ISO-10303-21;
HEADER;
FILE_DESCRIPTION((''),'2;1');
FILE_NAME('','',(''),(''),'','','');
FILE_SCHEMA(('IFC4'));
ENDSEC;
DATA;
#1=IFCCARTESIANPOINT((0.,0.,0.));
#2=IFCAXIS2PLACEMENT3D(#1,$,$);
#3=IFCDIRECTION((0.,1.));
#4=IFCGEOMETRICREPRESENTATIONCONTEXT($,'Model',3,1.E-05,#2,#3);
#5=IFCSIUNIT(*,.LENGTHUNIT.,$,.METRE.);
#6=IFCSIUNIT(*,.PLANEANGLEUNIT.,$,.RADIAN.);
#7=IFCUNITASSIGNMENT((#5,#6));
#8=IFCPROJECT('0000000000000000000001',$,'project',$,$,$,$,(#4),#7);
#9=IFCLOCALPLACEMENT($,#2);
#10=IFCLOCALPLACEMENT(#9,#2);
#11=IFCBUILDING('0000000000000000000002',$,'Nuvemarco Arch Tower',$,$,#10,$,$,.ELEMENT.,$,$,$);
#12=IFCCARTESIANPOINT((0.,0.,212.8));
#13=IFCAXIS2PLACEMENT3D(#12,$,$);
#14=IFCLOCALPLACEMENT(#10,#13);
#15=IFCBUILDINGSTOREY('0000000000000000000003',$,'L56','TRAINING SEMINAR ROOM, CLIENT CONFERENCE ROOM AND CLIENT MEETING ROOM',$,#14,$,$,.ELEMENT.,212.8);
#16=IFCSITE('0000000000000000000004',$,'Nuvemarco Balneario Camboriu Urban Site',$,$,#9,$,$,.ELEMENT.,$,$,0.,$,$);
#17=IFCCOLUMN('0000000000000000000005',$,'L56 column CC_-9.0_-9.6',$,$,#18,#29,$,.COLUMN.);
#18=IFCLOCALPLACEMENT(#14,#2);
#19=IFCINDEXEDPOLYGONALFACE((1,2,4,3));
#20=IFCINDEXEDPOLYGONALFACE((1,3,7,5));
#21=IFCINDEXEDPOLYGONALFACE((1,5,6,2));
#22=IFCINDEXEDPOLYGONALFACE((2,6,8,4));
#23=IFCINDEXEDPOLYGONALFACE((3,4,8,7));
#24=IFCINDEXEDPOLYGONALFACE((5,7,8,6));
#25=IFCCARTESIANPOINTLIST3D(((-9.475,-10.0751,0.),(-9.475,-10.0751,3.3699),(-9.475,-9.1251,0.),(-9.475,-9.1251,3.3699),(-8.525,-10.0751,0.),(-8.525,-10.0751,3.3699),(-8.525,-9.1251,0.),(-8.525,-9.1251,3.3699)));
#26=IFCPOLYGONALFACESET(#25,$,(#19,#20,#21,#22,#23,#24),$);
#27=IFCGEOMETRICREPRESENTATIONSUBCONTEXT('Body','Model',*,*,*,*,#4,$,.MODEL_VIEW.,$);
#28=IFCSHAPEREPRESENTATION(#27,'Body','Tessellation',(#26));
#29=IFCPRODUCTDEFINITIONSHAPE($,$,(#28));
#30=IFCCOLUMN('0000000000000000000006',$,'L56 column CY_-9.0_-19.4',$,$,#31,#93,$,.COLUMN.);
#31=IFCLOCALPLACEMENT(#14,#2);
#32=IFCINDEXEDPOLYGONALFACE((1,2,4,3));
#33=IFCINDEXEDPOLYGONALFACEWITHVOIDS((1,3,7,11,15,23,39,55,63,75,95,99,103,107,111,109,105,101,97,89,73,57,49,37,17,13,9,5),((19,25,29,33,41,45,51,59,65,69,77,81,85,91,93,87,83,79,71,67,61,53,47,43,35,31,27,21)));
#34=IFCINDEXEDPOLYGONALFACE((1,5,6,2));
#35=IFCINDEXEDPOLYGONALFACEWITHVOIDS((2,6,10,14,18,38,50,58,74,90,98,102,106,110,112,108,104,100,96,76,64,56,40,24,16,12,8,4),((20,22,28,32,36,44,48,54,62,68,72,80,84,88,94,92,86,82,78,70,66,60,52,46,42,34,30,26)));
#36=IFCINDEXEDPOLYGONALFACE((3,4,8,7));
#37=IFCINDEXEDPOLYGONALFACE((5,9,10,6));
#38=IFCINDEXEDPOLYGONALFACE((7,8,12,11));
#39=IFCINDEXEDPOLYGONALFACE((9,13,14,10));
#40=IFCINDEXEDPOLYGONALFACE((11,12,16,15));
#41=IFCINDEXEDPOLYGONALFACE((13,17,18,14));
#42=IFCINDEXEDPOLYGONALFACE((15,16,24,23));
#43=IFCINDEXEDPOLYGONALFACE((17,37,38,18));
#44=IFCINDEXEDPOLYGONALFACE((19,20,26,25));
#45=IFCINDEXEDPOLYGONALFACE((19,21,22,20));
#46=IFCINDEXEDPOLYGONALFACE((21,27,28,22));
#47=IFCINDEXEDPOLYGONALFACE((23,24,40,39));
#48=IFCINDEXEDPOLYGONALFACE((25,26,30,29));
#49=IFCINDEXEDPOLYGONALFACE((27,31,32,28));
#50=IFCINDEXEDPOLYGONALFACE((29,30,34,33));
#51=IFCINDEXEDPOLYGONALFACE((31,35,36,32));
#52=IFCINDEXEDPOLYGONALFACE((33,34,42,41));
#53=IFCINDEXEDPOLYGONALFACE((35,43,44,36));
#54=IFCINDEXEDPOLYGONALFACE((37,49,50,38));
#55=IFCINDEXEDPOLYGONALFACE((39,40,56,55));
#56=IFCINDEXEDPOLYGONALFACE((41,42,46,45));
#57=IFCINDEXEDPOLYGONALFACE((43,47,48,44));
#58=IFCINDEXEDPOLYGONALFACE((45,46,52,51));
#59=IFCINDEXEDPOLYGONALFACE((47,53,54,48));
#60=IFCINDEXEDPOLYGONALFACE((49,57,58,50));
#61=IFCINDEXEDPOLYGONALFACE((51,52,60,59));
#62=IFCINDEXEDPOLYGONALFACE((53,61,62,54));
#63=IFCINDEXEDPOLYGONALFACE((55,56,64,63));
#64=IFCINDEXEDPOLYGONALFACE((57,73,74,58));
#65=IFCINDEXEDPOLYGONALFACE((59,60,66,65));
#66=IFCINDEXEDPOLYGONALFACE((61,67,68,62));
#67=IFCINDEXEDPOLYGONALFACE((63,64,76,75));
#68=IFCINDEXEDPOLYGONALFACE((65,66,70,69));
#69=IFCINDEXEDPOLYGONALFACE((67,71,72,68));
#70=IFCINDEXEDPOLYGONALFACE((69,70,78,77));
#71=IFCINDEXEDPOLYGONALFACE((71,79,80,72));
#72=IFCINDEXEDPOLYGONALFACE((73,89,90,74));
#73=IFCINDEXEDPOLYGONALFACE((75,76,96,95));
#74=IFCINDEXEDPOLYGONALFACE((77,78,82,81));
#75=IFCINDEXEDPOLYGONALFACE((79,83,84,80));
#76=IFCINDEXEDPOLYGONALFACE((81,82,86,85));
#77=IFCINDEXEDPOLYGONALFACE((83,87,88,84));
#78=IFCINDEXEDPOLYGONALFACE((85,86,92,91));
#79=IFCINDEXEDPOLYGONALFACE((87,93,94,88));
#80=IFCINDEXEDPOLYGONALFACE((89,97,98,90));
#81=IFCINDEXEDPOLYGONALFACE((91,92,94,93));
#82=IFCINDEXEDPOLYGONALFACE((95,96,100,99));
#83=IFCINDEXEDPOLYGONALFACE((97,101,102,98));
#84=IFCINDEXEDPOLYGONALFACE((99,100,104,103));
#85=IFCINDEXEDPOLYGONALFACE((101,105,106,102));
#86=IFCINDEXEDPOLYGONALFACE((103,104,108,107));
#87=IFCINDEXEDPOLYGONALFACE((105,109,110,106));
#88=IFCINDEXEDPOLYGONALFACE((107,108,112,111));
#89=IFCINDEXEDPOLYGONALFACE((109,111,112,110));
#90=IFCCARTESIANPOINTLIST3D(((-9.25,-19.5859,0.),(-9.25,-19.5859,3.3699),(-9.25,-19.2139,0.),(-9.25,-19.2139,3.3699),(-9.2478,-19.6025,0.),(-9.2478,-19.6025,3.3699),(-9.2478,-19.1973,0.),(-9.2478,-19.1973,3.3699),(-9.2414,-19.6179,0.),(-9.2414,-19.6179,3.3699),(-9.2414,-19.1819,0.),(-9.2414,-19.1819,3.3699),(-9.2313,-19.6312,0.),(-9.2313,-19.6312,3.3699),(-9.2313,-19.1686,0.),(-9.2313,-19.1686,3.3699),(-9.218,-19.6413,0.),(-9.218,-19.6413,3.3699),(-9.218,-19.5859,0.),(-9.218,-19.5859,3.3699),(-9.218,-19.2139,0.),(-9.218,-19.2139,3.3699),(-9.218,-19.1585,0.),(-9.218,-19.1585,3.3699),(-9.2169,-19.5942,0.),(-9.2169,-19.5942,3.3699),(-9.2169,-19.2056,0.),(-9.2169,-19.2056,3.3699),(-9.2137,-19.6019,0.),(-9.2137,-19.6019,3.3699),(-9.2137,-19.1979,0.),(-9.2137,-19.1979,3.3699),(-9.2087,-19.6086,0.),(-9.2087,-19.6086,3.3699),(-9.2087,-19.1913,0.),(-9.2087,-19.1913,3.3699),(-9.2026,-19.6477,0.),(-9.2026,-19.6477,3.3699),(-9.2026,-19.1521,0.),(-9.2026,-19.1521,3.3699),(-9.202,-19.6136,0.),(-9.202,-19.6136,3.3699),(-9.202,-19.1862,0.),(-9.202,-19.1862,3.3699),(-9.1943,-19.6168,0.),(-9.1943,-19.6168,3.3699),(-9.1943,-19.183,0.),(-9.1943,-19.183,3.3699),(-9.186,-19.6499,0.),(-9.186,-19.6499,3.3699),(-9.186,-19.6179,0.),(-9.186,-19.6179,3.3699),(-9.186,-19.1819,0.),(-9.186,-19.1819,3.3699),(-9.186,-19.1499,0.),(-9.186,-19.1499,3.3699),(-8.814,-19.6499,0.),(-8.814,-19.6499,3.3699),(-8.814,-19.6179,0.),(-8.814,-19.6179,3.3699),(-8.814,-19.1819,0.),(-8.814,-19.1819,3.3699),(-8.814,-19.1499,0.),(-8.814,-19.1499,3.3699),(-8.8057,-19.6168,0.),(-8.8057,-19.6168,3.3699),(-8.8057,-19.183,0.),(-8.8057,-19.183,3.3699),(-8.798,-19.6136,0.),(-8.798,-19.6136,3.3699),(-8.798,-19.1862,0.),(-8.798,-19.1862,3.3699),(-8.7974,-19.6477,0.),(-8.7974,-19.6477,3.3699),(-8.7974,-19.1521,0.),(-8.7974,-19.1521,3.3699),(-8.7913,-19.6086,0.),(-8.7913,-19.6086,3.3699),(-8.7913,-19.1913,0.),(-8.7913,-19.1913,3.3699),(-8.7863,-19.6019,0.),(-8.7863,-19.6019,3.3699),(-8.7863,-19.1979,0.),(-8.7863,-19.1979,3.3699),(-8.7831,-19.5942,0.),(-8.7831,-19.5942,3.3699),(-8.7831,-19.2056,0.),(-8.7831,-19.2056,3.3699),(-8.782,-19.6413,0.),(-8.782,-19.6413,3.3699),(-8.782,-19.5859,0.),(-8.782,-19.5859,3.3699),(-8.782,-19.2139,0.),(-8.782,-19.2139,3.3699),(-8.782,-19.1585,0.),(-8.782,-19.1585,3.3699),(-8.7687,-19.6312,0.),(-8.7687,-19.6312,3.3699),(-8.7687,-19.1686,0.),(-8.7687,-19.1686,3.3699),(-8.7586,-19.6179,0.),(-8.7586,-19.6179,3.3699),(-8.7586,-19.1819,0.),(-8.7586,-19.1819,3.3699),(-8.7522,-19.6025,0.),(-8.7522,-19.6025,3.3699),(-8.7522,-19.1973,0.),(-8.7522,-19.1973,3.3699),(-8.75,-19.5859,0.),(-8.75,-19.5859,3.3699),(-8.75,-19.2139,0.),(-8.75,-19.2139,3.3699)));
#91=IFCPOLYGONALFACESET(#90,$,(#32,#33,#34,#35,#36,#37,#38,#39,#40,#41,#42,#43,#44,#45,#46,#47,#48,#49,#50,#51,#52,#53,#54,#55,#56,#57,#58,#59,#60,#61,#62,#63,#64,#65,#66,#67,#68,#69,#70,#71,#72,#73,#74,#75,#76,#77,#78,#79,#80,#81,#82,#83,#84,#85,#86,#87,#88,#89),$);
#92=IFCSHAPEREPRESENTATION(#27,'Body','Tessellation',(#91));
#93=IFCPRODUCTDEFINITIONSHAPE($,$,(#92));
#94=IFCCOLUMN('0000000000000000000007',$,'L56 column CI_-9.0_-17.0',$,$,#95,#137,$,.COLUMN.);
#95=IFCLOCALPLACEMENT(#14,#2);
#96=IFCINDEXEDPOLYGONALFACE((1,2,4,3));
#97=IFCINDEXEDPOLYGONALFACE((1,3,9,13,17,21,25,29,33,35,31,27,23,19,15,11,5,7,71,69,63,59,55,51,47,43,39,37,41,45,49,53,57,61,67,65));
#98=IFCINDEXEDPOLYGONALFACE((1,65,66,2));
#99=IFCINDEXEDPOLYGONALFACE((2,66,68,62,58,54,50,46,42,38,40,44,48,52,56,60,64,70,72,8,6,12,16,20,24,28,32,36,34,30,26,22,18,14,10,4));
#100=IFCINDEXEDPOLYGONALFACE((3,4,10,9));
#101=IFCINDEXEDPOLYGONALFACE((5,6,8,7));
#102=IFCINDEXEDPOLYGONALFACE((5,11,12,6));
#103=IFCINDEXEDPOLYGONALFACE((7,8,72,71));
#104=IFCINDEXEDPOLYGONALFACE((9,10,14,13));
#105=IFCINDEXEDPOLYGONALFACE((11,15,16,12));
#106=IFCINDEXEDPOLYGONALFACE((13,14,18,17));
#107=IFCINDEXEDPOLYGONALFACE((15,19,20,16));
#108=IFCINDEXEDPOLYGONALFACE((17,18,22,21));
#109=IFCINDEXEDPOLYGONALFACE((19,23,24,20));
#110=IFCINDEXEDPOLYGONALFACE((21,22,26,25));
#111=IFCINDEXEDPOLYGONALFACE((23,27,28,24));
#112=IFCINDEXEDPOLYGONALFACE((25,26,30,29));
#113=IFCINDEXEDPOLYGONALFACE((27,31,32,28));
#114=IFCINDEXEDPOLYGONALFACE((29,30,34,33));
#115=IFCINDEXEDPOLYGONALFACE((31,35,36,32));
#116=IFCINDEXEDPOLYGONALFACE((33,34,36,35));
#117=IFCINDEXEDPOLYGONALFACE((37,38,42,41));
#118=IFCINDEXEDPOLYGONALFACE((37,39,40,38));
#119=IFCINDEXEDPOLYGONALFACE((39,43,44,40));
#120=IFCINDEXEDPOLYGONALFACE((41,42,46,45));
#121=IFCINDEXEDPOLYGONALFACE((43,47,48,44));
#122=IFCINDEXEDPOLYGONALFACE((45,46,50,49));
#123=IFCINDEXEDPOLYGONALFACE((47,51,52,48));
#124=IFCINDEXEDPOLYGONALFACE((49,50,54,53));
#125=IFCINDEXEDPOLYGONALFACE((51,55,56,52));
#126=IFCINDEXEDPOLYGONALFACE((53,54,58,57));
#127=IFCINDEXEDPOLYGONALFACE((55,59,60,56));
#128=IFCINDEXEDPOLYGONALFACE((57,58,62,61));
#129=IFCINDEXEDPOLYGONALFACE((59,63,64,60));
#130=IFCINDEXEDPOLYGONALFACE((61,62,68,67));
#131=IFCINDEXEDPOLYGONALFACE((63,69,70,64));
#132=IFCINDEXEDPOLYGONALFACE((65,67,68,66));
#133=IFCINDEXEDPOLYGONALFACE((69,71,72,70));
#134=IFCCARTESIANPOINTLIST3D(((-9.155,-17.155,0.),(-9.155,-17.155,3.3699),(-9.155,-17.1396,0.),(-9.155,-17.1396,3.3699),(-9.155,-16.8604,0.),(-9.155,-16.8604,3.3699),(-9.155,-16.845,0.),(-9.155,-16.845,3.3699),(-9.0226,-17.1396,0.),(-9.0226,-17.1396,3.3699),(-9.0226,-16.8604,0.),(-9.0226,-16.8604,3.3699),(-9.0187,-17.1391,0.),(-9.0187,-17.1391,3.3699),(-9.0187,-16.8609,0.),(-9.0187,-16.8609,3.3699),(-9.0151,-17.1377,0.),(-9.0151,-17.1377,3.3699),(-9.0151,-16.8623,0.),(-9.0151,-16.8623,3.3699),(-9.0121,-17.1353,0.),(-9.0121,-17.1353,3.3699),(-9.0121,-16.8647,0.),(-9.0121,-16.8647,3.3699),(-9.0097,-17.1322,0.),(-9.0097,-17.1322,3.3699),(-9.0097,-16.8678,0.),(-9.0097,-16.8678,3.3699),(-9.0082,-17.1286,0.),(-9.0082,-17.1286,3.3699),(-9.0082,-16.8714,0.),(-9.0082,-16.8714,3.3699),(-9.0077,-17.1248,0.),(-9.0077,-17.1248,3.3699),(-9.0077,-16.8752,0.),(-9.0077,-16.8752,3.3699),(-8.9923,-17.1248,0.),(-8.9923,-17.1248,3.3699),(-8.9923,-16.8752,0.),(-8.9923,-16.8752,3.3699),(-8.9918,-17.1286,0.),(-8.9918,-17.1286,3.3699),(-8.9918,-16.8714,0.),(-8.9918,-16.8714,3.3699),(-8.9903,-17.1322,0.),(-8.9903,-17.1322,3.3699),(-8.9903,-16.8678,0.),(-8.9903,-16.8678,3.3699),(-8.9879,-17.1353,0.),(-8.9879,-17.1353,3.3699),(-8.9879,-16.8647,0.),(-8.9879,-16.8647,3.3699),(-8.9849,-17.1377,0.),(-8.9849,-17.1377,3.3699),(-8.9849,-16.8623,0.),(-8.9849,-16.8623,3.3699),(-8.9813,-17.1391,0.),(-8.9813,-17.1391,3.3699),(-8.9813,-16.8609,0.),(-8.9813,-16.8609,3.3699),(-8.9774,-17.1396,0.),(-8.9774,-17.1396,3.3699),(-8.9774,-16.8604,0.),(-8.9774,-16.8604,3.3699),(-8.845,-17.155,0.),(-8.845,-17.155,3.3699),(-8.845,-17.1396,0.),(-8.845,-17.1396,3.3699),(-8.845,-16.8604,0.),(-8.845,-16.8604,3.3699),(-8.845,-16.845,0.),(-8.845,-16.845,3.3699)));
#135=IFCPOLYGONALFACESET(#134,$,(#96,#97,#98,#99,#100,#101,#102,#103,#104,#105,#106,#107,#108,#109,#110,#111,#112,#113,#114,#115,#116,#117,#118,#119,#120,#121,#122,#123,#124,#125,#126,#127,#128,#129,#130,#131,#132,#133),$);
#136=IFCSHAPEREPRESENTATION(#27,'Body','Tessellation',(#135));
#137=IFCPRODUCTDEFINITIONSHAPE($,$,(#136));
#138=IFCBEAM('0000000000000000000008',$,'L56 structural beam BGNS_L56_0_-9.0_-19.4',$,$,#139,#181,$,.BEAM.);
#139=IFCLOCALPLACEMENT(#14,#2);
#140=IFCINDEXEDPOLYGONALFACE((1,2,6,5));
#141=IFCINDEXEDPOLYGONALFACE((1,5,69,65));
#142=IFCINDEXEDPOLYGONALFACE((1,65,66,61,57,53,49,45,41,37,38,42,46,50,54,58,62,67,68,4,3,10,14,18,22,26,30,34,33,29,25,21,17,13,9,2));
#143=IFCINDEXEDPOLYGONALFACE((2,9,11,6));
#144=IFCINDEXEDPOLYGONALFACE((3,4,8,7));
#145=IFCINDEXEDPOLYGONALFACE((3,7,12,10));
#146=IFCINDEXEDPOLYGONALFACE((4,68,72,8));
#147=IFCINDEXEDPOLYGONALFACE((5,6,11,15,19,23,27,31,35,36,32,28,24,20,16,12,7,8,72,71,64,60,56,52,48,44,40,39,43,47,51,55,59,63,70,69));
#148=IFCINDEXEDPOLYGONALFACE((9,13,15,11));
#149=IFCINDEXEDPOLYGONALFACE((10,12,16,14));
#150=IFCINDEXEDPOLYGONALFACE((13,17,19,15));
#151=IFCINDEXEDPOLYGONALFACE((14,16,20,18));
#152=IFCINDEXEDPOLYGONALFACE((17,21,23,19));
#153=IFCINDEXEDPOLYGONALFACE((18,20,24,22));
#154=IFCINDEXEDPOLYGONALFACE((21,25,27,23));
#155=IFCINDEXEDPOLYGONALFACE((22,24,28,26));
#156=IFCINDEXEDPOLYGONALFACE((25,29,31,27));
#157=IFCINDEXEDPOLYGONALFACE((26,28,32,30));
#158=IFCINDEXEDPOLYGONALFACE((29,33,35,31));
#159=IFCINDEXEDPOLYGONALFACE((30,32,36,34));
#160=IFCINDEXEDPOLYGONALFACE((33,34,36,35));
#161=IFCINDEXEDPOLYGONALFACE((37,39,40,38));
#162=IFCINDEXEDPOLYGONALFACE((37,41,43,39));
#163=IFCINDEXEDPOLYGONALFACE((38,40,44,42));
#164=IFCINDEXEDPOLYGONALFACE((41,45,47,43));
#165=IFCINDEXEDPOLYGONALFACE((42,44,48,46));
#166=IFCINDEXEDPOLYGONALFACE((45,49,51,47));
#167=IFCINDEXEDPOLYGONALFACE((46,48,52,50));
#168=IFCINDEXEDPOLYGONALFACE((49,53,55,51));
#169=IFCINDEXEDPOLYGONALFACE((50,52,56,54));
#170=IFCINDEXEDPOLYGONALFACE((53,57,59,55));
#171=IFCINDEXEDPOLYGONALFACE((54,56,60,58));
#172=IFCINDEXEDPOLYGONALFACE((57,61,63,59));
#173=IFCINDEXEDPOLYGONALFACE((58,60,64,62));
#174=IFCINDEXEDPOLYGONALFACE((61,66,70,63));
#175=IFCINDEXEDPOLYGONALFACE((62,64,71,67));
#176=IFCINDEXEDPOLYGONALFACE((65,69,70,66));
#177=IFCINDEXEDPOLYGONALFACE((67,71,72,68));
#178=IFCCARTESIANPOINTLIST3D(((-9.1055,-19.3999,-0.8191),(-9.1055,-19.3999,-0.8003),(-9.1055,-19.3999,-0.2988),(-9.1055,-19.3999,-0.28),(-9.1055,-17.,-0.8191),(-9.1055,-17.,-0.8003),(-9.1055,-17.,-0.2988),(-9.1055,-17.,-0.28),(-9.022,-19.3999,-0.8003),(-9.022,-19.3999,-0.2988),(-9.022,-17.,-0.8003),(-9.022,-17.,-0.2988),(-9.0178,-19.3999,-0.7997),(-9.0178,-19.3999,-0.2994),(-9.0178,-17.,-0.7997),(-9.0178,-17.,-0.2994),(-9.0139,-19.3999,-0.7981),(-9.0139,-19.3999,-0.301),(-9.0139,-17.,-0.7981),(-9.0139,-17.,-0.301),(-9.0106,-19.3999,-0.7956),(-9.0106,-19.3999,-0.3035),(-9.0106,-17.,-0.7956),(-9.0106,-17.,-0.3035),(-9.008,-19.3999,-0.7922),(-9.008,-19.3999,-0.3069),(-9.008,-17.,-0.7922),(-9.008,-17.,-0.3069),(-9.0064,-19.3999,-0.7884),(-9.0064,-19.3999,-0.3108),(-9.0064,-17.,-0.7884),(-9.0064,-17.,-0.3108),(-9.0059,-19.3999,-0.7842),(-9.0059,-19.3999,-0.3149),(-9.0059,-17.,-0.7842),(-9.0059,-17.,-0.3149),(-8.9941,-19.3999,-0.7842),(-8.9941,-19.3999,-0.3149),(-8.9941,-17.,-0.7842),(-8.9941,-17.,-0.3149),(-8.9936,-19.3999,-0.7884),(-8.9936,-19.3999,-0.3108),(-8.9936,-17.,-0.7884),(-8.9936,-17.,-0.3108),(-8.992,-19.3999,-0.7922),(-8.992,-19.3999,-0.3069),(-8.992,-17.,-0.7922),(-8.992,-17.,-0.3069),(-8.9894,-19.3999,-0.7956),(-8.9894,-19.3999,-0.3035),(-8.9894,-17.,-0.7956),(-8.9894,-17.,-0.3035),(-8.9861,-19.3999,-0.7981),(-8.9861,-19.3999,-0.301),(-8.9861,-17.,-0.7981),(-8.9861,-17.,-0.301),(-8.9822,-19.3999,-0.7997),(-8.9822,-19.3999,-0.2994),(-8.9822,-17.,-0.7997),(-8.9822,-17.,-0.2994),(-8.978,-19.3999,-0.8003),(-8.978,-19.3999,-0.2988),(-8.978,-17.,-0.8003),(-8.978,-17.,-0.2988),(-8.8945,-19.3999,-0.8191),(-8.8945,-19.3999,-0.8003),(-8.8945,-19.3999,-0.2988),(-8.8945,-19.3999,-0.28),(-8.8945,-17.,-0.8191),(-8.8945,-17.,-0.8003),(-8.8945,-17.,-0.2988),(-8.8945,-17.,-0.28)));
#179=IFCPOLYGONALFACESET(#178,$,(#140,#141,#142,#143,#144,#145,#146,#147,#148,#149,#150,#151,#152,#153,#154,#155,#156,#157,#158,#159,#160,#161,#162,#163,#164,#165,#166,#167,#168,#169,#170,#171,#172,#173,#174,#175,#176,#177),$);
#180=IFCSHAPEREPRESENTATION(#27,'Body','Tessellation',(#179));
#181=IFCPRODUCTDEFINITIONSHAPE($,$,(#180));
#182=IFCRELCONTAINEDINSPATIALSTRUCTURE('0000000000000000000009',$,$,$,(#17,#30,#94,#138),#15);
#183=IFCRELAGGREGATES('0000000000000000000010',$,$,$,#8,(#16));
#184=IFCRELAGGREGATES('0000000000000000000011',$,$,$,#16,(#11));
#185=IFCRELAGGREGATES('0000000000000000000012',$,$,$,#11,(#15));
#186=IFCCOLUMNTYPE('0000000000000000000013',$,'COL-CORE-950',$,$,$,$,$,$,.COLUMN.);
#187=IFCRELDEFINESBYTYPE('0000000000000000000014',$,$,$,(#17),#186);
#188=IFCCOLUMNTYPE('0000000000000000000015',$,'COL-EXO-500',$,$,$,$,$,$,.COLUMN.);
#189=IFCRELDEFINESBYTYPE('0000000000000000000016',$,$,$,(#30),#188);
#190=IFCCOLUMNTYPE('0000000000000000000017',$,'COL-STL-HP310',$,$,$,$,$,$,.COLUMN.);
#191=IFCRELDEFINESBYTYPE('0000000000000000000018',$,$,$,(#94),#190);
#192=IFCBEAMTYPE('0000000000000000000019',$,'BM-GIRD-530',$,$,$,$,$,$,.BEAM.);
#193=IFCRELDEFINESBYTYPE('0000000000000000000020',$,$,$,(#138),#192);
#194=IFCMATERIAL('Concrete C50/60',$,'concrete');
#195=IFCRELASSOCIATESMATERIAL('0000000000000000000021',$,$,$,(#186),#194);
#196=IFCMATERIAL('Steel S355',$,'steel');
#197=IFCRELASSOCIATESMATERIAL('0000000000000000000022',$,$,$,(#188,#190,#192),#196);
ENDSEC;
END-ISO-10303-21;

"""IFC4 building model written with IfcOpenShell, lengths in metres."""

from ifc_helpers import new_model, si_unit, direction, frame, origin, origin_2d, place, context, subcontext, project, spatial, rectangle, hollow_rectangle, i_section, extrude, material, material_profile, profile_set, type_object, element, save


model = new_model("IFC4")

# Units and contexts
model_context = context("Model", 3, precision=1e-05, world=origin(), true_north=direction((0.0, 1.0)))
body_context = subcontext(model_context, "Body", "Model", "MODEL_VIEW")
ifc_project = project(units=[si_unit("LENGTHUNIT", "METRE"), si_unit("PLANEANGLEUNIT", "RADIAN")], contexts=[model_context])

# Site, building, storey
site_placement = place(None, origin())
site = spatial("IfcSite", under=ifc_project, at=site_placement, Name="Nuvemarco Balneario Camboriu Urban Site", CompositionType="ELEMENT", RefElevation=0.0)
building_placement = place(site_placement, origin())
building = spatial("IfcBuilding", under=site, at=building_placement, Name="Nuvemarco Arch Tower", CompositionType="ELEMENT")
storey_placement = place(building_placement, frame((0.0, 0.0, 212.8)))
storey = spatial("IfcBuildingStorey", under=building, at=storey_placement, Name="L56", Description="TRAINING SEMINAR ROOM, CLIENT CONFERENCE ROOM AND CLIENT MEETING ROOM", CompositionType="ELEMENT", Elevation=212.8)

# Columns
ifc_material_1 = material(Name="Concrete C50/60", Category="concrete")
ifc_material_profile_1 = material_profile(ifc_material_1, rectangle(XDim=0.95, YDim=0.95, at=origin_2d()), Name="RC-COL-950x950")
ifc_profile_set_1 = profile_set([ifc_material_profile_1], Name="Concrete C50/60")
column_type_1 = type_object("IfcColumnType", Name="COL-CORE-950", PredefinedType="COLUMN", material=ifc_profile_set_1)
column_1_placement = place(storey_placement, frame((-9.0, -9.6001, 0.0), z_axis=(0.0, 0.0, 1.0), x_axis=(1.0, 0.0, 0.0)))
element("IfcColumn", 1, at=column_1_placement, inside=storey, type_object=column_type_1, Name="L56 column CC_-9.0_-9.6", PredefinedType="COLUMN", context=body_context, shape_type="SweptSolid", body=[
    extrude(rectangle(XDim=0.95, YDim=0.95, at=origin_2d()), origin(), (0.0, 0.0, 1.0), 3.3699),
])
ifc_material_2 = material(Name="Steel S355", Category="steel")
ifc_material_profile_2 = material_profile(ifc_material_2, hollow_rectangle(XDim=0.5, YDim=0.5, WallThickness=0.032, InnerFilletRadius=0.032, OuterFilletRadius=0.064, at=origin_2d()), Name="SHS500x500x32")
ifc_profile_set_2 = profile_set([ifc_material_profile_2], Name="Steel S355")
column_type_2 = type_object("IfcColumnType", Name="COL-EXO-500", PredefinedType="COLUMN", material=ifc_profile_set_2)
column_2_placement = place(storey_placement, frame((-9.0, -19.3999, 0.0), z_axis=(0.0, 0.0, 1.0), x_axis=(1.0, 0.0, 0.0)))
element("IfcColumn", 2, at=column_2_placement, inside=storey, type_object=column_type_2, Name="L56 column CY_-9.0_-19.4", PredefinedType="COLUMN", context=body_context, shape_type="SweptSolid", body=[
    extrude(hollow_rectangle(XDim=0.5, YDim=0.5, WallThickness=0.032, InnerFilletRadius=0.032, OuterFilletRadius=0.064, at=origin_2d()), origin(), (0.0, 0.0, 1.0), 3.3699),
])
ifc_material_profile_3 = material_profile(ifc_material_2, i_section(OverallWidth=0.3101, OverallDepth=0.3101, WebThickness=0.0154, FlangeThickness=0.0154, FilletRadius=0.0149, at=origin_2d()), Name="HP310x110")
ifc_profile_set_3 = profile_set([ifc_material_profile_3], Name="Steel S355")
column_type_3 = type_object("IfcColumnType", Name="COL-STL-HP310", PredefinedType="COLUMN", material=ifc_profile_set_3)
column_3_placement = place(storey_placement, frame((-9.0, -17.0, 0.0), z_axis=(0.0, 0.0, 1.0), x_axis=(1.0, 0.0, 0.0)))
element("IfcColumn", 3, at=column_3_placement, inside=storey, type_object=column_type_3, Name="L56 column CI_-9.0_-17.0", PredefinedType="COLUMN", context=body_context, shape_type="SweptSolid", body=[
    extrude(i_section(OverallWidth=0.3101, OverallDepth=0.3101, WebThickness=0.0154, FlangeThickness=0.0154, FilletRadius=0.0149, at=origin_2d()), origin(), (0.0, 0.0, 1.0), 3.3699),
])

# Beam
ifc_material_profile_4 = material_profile(ifc_material_2, i_section(OverallWidth=0.2109, OverallDepth=0.5391, WebThickness=0.0117, FlangeThickness=0.0188, FilletRadius=0.0161, at=origin_2d()), Name="W530x109")
ifc_profile_set_4 = profile_set([ifc_material_profile_4], Name="Steel S355")
beam_type_1 = type_object("IfcBeamType", Name="BM-GIRD-530", PredefinedType="BEAM", material=ifc_profile_set_4)
beam_1_placement = place(storey_placement, frame((-9.0, -19.3999, -0.5496), z_axis=(0.0, 1.0, 0.0), x_axis=(-1.0, 0.0, 0.0)))
element("IfcBeam", 4, at=beam_1_placement, inside=storey, type_object=beam_type_1, Name="L56 structural beam BGNS_L56_0_-9.0_-19.4", PredefinedType="BEAM", context=body_context, shape_type="SweptSolid", body=[
    extrude(i_section(OverallWidth=0.2109, OverallDepth=0.5391, WebThickness=0.0117, FlangeThickness=0.0188, FilletRadius=0.0161, at=origin_2d()), origin(), (0.0, 0.0, 1.0), 2.3999),
])

save(model, "model.ifc")
